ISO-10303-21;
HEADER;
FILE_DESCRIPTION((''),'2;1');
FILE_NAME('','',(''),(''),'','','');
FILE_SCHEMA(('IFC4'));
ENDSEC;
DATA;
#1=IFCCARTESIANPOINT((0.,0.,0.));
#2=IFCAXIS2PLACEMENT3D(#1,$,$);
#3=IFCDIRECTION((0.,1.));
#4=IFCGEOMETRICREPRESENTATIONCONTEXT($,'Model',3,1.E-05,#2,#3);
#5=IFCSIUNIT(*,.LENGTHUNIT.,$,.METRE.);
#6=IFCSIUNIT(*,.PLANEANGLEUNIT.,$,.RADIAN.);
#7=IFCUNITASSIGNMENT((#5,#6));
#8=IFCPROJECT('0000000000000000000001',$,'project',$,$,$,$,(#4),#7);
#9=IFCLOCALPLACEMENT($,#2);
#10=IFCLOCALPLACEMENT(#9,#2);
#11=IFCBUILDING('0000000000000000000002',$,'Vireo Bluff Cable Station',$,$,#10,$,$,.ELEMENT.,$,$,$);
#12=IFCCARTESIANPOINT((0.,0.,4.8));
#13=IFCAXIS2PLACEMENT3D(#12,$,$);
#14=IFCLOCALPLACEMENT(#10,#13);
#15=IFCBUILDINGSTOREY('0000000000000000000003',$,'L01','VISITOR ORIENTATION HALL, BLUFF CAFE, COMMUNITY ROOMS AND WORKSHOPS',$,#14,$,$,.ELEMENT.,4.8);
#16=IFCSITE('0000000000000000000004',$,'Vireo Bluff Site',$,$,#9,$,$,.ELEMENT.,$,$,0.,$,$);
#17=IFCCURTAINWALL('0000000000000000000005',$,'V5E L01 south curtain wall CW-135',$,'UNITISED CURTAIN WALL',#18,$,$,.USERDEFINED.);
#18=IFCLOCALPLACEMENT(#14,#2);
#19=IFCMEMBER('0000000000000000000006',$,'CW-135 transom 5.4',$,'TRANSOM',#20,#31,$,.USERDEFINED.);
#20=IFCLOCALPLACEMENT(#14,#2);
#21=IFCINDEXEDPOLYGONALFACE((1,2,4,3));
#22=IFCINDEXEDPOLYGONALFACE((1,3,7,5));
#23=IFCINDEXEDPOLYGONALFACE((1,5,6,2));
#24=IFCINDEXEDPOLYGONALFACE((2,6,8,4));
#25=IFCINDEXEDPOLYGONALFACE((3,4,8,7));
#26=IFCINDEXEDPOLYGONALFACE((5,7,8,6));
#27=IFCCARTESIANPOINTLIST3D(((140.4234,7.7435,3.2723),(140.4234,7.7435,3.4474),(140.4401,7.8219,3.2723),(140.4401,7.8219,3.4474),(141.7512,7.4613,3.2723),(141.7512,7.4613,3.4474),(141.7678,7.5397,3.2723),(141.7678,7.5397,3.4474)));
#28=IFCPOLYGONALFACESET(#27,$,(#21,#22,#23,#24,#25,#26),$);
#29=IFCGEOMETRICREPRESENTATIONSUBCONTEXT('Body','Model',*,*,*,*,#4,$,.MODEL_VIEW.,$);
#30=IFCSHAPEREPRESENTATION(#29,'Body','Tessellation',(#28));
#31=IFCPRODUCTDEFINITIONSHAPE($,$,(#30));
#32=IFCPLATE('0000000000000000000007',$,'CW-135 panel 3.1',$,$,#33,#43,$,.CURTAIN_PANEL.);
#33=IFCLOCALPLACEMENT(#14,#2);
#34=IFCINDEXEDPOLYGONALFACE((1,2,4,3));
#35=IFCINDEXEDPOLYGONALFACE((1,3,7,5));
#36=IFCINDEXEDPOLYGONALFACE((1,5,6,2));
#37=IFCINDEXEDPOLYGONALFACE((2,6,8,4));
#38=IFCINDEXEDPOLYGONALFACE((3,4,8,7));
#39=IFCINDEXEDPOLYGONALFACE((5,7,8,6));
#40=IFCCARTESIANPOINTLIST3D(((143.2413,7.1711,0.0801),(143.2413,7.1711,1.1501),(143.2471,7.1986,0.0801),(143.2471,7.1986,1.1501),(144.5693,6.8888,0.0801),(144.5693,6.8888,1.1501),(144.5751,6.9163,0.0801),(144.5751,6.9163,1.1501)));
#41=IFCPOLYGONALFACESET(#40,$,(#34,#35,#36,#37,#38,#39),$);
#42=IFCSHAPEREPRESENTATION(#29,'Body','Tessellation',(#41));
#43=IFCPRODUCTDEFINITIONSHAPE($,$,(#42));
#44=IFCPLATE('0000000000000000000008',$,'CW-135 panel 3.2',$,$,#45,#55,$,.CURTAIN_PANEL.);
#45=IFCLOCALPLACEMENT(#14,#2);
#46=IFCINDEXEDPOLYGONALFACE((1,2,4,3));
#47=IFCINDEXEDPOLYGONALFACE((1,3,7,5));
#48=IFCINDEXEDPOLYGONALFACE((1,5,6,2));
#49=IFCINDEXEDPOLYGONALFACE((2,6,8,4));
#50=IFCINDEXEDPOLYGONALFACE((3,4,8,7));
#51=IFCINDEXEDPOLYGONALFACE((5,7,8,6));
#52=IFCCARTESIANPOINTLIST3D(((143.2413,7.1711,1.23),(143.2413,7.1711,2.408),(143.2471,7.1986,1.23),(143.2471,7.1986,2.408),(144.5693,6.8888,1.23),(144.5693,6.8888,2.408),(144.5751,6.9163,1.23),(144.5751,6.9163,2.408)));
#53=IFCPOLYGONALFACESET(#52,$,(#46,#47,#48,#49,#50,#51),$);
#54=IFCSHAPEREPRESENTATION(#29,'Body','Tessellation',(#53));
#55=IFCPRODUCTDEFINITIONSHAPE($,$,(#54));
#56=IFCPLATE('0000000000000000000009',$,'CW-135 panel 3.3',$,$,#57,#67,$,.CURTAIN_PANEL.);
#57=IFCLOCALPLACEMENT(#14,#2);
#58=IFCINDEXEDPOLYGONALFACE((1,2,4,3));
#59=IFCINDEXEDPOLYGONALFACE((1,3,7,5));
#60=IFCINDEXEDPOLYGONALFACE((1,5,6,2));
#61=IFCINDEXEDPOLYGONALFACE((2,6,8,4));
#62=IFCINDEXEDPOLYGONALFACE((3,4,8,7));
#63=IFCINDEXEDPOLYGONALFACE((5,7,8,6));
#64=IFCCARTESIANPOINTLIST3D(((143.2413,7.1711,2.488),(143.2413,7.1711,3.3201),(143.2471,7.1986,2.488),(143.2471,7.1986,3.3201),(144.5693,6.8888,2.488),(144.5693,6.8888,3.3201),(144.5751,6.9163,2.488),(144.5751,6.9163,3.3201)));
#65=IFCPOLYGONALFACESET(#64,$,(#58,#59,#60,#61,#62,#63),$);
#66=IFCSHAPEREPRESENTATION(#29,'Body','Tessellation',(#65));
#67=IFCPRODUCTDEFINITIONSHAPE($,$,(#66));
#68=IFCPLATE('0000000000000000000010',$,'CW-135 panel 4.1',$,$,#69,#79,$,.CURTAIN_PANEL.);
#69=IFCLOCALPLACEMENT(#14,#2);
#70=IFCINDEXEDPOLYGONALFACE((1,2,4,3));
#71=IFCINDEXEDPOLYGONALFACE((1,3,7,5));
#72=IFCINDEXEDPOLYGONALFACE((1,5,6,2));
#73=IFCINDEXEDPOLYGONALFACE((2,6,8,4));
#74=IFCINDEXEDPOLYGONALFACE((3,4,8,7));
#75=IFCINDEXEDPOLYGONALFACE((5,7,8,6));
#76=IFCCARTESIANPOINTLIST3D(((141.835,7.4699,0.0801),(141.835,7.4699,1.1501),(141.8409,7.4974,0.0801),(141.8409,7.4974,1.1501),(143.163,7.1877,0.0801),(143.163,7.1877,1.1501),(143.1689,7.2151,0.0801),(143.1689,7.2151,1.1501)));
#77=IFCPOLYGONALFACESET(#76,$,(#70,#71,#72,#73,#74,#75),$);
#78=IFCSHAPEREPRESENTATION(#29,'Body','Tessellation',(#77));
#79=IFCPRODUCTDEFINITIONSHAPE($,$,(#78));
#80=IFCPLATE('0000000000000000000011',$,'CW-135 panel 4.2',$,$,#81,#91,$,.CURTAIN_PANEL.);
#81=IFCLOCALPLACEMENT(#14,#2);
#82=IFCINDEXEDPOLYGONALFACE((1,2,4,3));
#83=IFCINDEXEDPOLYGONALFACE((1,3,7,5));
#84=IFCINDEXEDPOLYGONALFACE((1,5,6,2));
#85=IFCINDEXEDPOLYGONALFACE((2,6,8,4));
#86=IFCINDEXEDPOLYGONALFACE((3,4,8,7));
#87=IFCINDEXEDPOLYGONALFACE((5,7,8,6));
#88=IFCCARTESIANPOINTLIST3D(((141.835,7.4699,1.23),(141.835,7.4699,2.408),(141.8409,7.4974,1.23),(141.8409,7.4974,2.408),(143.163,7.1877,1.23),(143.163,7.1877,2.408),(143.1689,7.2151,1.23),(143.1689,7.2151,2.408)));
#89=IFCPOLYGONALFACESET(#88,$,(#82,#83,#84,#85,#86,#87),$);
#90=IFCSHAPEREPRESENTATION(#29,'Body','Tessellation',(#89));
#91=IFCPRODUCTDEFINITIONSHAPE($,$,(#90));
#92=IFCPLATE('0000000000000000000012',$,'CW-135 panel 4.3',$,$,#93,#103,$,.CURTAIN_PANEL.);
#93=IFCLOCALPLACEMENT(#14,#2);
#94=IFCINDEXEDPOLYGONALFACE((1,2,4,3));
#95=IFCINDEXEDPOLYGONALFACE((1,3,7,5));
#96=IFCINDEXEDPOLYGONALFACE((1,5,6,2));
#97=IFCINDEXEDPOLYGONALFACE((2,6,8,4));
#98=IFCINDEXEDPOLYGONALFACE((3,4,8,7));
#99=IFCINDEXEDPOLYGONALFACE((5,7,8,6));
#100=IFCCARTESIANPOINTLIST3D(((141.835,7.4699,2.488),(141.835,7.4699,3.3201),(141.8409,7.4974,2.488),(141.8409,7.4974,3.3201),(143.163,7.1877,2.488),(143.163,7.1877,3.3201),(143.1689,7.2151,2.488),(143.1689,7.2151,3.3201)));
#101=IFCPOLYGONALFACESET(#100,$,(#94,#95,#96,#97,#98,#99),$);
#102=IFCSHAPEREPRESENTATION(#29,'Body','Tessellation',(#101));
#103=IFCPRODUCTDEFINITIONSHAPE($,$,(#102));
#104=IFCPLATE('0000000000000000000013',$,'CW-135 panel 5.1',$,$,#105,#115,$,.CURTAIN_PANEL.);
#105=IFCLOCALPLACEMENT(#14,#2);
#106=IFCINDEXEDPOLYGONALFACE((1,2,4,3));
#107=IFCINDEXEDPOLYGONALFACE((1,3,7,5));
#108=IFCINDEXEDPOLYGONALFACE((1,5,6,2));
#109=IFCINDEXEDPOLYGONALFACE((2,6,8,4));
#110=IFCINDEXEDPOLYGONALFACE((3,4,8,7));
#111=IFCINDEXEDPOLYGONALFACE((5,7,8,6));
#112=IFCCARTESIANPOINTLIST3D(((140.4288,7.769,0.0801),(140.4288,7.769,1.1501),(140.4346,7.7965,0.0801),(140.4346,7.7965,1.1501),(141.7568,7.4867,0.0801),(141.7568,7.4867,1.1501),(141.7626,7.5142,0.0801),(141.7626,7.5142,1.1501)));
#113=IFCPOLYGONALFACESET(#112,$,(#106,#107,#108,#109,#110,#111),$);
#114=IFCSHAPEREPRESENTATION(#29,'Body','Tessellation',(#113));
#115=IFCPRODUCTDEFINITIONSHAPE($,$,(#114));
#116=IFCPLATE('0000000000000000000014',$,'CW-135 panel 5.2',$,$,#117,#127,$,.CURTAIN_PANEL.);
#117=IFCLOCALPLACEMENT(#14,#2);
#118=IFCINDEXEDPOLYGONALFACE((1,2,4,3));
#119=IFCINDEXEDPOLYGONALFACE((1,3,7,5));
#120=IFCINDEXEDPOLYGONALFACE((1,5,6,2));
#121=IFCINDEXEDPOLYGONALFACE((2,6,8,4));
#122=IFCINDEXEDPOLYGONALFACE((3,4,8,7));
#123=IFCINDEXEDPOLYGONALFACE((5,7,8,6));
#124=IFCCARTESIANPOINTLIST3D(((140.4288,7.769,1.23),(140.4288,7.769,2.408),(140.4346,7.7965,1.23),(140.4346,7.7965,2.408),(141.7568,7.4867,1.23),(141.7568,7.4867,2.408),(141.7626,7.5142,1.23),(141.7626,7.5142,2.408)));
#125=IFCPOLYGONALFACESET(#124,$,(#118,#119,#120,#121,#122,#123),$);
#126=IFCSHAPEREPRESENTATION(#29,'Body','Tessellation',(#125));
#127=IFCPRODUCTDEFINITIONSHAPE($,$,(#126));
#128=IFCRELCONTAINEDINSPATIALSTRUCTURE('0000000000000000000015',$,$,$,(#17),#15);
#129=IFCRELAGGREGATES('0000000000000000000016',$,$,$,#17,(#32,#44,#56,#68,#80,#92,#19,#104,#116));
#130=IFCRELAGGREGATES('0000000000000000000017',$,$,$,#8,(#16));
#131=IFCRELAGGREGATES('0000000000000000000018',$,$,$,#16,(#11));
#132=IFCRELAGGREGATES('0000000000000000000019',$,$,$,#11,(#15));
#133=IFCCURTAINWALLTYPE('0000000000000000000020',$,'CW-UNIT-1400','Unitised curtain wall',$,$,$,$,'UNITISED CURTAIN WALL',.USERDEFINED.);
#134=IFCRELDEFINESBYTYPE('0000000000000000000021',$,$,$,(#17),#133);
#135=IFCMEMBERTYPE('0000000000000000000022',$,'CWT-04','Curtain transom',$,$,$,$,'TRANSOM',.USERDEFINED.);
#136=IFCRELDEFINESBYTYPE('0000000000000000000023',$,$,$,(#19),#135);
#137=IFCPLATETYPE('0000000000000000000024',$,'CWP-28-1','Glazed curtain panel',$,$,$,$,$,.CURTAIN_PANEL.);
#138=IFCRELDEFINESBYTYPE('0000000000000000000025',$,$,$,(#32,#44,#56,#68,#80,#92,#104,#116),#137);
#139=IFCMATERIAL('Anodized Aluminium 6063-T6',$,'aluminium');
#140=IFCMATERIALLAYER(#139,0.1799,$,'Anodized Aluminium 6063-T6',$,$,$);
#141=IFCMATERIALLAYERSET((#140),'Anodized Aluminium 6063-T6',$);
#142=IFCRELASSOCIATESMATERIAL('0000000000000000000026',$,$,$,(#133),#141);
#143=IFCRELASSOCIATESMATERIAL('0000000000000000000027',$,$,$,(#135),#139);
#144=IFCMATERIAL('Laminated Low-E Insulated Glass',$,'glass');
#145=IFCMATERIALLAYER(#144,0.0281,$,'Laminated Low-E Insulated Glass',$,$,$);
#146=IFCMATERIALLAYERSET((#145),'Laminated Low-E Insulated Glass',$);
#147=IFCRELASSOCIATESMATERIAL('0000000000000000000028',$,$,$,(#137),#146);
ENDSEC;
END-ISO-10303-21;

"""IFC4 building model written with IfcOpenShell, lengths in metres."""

from ifc_helpers import new_model, si_unit, direction, frame, origin, origin_2d, place, context, subcontext, project, spatial, rectangle, extrude, material, layer, layer_set, material_profile, profile_set, type_object, element, aggregate, save


model = new_model("IFC4")

# Units and contexts
model_context = context("Model", 3, precision=1e-05, world=origin(), true_north=direction((0.0, 1.0)))
body_context = subcontext(model_context, "Body", "Model", "MODEL_VIEW")
ifc_project = project(units=[si_unit("LENGTHUNIT", "METRE"), si_unit("PLANEANGLEUNIT", "RADIAN")], contexts=[model_context])

# Site, building, storey
site_placement = place(None, origin())
site = spatial("IfcSite", under=ifc_project, at=site_placement, Name="Vireo Bluff Site", CompositionType="ELEMENT", RefElevation=0.0)
building_placement = place(site_placement, origin())
building = spatial("IfcBuilding", under=site, at=building_placement, Name="Vireo Bluff Cable Station", CompositionType="ELEMENT")
storey_placement = place(building_placement, frame((0.0, 0.0, 4.8)))
storey = spatial("IfcBuildingStorey", under=building, at=storey_placement, Name="L01", Description="VISITOR ORIENTATION HALL, BLUFF CAFE, COMMUNITY ROOMS AND WORKSHOPS", CompositionType="ELEMENT", Elevation=4.8)

# Curtain wall, member, plates
ifc_material_1 = material(Name="Anodized Aluminium 6063-T6", Category="aluminium")
ifc_layer_1 = layer(ifc_material_1, 0.1799, Name="Anodized Aluminium 6063-T6")
ifc_layer_set_1 = layer_set([ifc_layer_1], Name="Anodized Aluminium 6063-T6")
curtain_wall_type = type_object("IfcCurtainWallType", Name="CW-UNIT-1400", Description="Unitised curtain wall", ElementType="UNITISED CURTAIN WALL", PredefinedType="USERDEFINED", material=ifc_layer_set_1)
curtain_wall_placement = place(storey_placement, origin())
curtain_wall = element("IfcCurtainWall", 1, at=curtain_wall_placement, inside=storey, type_object=curtain_wall_type, Name="V5E L01 south curtain wall CW-135", ObjectType="UNITISED CURTAIN WALL", PredefinedType="USERDEFINED")
ifc_material_profile_1 = material_profile(ifc_material_1, rectangle(XDim=0.0801, YDim=0.175, at=origin_2d()), Name="ALU-T-80X175")
ifc_profile_set_1 = profile_set([ifc_material_profile_1], Name="Anodized Aluminium 6063-T6")
member_type_1 = type_object("IfcMemberType", Name="CWT-04", Description="Curtain transom", ElementType="TRANSOM", PredefinedType="USERDEFINED", material=ifc_profile_set_1)
member_1_placement = place(storey_placement, frame((141.7595, 7.5005, 3.3599), z_axis=(-0.978151, 0.207895, 0.0), x_axis=(-0.207895, -0.978151, 0.0)))
member_1 = element("IfcMember", 2, at=member_1_placement, type_object=member_type_1, Name="CW-135 transom 5.4", ObjectType="TRANSOM", PredefinedType="USERDEFINED", context=body_context, shape_type="SweptSolid", body=[
    extrude(rectangle(XDim=0.0801, YDim=0.175, at=origin_2d()), origin(), (0.0, 0.0, 1.0), 1.3574),
])
ifc_material_2 = material(Name="Laminated Low-E Insulated Glass", Category="glass")
ifc_layer_2 = layer(ifc_material_2, 0.0281, Name="Laminated Low-E Insulated Glass")
ifc_layer_set_2 = layer_set([ifc_layer_2], Name="Laminated Low-E Insulated Glass")
plate_type = type_object("IfcPlateType", Name="CWP-28-1", Description="Glazed curtain panel", PredefinedType="CURTAIN_PANEL", material=ifc_layer_set_2)
plate_1_placement = place(storey_placement, frame((143.9082, 7.0437, 0.0801), z_axis=(0.0, 0.0, 1.0), x_axis=(-0.978148, 0.207912, 0.0)))
plate_1 = element("IfcPlate", 3, at=plate_1_placement, type_object=plate_type, Name="CW-135 panel 3.1", PredefinedType="CURTAIN_PANEL", context=body_context, shape_type="SweptSolid", body=[
    extrude(rectangle(XDim=1.3577, YDim=0.0281, at=origin_2d()), origin(), (0.0, 0.0, 1.0), 1.0701),
])
plate_2_placement = place(storey_placement, frame((143.9082, 7.0437, 1.23), z_axis=(0.0, 0.0, 1.0), x_axis=(-0.978148, 0.207912, 0.0)))
plate_2 = element("IfcPlate", 4, at=plate_2_placement, type_object=plate_type, Name="CW-135 panel 3.2", PredefinedType="CURTAIN_PANEL", context=body_context, shape_type="SweptSolid", body=[
    extrude(rectangle(XDim=1.3577, YDim=0.0281, at=origin_2d()), origin(), (0.0, 0.0, 1.0), 1.178),
])
plate_3_placement = place(storey_placement, frame((143.9082, 7.0437, 2.488), z_axis=(0.0, 0.0, 1.0), x_axis=(-0.978148, 0.207912, 0.0)))
plate_3 = element("IfcPlate", 5, at=plate_3_placement, type_object=plate_type, Name="CW-135 panel 3.3", PredefinedType="CURTAIN_PANEL", context=body_context, shape_type="SweptSolid", body=[
    extrude(rectangle(XDim=1.3577, YDim=0.0281, at=origin_2d()), origin(), (0.0, 0.0, 1.0), 0.832),
])
plate_4_placement = place(storey_placement, frame((142.502, 7.3425, 0.0801), z_axis=(0.0, 0.0, 1.0), x_axis=(-0.978148, 0.207912, 0.0)))
plate_4 = element("IfcPlate", 6, at=plate_4_placement, type_object=plate_type, Name="CW-135 panel 4.1", PredefinedType="CURTAIN_PANEL", context=body_context, shape_type="SweptSolid", body=[
    extrude(rectangle(XDim=1.3577, YDim=0.0281, at=origin_2d()), origin(), (0.0, 0.0, 1.0), 1.0701),
])
plate_5_placement = place(storey_placement, frame((142.502, 7.3425, 1.23), z_axis=(0.0, 0.0, 1.0), x_axis=(-0.978148, 0.207912, 0.0)))
plate_5 = element("IfcPlate", 7, at=plate_5_placement, type_object=plate_type, Name="CW-135 panel 4.2", PredefinedType="CURTAIN_PANEL", context=body_context, shape_type="SweptSolid", body=[
    extrude(rectangle(XDim=1.3577, YDim=0.0281, at=origin_2d()), origin(), (0.0, 0.0, 1.0), 1.178),
])
plate_6_placement = place(storey_placement, frame((142.502, 7.3425, 2.488), z_axis=(0.0, 0.0, 1.0), x_axis=(-0.978148, 0.207912, 0.0)))
plate_6 = element("IfcPlate", 8, at=plate_6_placement, type_object=plate_type, Name="CW-135 panel 4.3", PredefinedType="CURTAIN_PANEL", context=body_context, shape_type="SweptSolid", body=[
    extrude(rectangle(XDim=1.3577, YDim=0.0281, at=origin_2d()), origin(), (0.0, 0.0, 1.0), 0.832),
])
plate_7_placement = place(storey_placement, frame((141.0957, 7.6416, 0.0801), z_axis=(0.0, 0.0, 1.0), x_axis=(-0.978148, 0.207912, 0.0)))
plate_7 = element("IfcPlate", 9, at=plate_7_placement, type_object=plate_type, Name="CW-135 panel 5.1", PredefinedType="CURTAIN_PANEL", context=body_context, shape_type="SweptSolid", body=[
    extrude(rectangle(XDim=1.3577, YDim=0.0281, at=origin_2d()), origin(), (0.0, 0.0, 1.0), 1.0701),
])
plate_8_placement = place(storey_placement, frame((141.0957, 7.6416, 1.23), z_axis=(0.0, 0.0, 1.0), x_axis=(-0.978148, 0.207912, 0.0)))
plate_8 = element("IfcPlate", 10, at=plate_8_placement, type_object=plate_type, Name="CW-135 panel 5.2", PredefinedType="CURTAIN_PANEL", context=body_context, shape_type="SweptSolid", body=[
    extrude(rectangle(XDim=1.3577, YDim=0.0281, at=origin_2d()), origin(), (0.0, 0.0, 1.0), 1.178),
])
aggregate(curtain_wall, [plate_1, plate_2, plate_3, plate_4, plate_5, plate_6, member_1, plate_7, plate_8])

save(model, "model.ifc")
